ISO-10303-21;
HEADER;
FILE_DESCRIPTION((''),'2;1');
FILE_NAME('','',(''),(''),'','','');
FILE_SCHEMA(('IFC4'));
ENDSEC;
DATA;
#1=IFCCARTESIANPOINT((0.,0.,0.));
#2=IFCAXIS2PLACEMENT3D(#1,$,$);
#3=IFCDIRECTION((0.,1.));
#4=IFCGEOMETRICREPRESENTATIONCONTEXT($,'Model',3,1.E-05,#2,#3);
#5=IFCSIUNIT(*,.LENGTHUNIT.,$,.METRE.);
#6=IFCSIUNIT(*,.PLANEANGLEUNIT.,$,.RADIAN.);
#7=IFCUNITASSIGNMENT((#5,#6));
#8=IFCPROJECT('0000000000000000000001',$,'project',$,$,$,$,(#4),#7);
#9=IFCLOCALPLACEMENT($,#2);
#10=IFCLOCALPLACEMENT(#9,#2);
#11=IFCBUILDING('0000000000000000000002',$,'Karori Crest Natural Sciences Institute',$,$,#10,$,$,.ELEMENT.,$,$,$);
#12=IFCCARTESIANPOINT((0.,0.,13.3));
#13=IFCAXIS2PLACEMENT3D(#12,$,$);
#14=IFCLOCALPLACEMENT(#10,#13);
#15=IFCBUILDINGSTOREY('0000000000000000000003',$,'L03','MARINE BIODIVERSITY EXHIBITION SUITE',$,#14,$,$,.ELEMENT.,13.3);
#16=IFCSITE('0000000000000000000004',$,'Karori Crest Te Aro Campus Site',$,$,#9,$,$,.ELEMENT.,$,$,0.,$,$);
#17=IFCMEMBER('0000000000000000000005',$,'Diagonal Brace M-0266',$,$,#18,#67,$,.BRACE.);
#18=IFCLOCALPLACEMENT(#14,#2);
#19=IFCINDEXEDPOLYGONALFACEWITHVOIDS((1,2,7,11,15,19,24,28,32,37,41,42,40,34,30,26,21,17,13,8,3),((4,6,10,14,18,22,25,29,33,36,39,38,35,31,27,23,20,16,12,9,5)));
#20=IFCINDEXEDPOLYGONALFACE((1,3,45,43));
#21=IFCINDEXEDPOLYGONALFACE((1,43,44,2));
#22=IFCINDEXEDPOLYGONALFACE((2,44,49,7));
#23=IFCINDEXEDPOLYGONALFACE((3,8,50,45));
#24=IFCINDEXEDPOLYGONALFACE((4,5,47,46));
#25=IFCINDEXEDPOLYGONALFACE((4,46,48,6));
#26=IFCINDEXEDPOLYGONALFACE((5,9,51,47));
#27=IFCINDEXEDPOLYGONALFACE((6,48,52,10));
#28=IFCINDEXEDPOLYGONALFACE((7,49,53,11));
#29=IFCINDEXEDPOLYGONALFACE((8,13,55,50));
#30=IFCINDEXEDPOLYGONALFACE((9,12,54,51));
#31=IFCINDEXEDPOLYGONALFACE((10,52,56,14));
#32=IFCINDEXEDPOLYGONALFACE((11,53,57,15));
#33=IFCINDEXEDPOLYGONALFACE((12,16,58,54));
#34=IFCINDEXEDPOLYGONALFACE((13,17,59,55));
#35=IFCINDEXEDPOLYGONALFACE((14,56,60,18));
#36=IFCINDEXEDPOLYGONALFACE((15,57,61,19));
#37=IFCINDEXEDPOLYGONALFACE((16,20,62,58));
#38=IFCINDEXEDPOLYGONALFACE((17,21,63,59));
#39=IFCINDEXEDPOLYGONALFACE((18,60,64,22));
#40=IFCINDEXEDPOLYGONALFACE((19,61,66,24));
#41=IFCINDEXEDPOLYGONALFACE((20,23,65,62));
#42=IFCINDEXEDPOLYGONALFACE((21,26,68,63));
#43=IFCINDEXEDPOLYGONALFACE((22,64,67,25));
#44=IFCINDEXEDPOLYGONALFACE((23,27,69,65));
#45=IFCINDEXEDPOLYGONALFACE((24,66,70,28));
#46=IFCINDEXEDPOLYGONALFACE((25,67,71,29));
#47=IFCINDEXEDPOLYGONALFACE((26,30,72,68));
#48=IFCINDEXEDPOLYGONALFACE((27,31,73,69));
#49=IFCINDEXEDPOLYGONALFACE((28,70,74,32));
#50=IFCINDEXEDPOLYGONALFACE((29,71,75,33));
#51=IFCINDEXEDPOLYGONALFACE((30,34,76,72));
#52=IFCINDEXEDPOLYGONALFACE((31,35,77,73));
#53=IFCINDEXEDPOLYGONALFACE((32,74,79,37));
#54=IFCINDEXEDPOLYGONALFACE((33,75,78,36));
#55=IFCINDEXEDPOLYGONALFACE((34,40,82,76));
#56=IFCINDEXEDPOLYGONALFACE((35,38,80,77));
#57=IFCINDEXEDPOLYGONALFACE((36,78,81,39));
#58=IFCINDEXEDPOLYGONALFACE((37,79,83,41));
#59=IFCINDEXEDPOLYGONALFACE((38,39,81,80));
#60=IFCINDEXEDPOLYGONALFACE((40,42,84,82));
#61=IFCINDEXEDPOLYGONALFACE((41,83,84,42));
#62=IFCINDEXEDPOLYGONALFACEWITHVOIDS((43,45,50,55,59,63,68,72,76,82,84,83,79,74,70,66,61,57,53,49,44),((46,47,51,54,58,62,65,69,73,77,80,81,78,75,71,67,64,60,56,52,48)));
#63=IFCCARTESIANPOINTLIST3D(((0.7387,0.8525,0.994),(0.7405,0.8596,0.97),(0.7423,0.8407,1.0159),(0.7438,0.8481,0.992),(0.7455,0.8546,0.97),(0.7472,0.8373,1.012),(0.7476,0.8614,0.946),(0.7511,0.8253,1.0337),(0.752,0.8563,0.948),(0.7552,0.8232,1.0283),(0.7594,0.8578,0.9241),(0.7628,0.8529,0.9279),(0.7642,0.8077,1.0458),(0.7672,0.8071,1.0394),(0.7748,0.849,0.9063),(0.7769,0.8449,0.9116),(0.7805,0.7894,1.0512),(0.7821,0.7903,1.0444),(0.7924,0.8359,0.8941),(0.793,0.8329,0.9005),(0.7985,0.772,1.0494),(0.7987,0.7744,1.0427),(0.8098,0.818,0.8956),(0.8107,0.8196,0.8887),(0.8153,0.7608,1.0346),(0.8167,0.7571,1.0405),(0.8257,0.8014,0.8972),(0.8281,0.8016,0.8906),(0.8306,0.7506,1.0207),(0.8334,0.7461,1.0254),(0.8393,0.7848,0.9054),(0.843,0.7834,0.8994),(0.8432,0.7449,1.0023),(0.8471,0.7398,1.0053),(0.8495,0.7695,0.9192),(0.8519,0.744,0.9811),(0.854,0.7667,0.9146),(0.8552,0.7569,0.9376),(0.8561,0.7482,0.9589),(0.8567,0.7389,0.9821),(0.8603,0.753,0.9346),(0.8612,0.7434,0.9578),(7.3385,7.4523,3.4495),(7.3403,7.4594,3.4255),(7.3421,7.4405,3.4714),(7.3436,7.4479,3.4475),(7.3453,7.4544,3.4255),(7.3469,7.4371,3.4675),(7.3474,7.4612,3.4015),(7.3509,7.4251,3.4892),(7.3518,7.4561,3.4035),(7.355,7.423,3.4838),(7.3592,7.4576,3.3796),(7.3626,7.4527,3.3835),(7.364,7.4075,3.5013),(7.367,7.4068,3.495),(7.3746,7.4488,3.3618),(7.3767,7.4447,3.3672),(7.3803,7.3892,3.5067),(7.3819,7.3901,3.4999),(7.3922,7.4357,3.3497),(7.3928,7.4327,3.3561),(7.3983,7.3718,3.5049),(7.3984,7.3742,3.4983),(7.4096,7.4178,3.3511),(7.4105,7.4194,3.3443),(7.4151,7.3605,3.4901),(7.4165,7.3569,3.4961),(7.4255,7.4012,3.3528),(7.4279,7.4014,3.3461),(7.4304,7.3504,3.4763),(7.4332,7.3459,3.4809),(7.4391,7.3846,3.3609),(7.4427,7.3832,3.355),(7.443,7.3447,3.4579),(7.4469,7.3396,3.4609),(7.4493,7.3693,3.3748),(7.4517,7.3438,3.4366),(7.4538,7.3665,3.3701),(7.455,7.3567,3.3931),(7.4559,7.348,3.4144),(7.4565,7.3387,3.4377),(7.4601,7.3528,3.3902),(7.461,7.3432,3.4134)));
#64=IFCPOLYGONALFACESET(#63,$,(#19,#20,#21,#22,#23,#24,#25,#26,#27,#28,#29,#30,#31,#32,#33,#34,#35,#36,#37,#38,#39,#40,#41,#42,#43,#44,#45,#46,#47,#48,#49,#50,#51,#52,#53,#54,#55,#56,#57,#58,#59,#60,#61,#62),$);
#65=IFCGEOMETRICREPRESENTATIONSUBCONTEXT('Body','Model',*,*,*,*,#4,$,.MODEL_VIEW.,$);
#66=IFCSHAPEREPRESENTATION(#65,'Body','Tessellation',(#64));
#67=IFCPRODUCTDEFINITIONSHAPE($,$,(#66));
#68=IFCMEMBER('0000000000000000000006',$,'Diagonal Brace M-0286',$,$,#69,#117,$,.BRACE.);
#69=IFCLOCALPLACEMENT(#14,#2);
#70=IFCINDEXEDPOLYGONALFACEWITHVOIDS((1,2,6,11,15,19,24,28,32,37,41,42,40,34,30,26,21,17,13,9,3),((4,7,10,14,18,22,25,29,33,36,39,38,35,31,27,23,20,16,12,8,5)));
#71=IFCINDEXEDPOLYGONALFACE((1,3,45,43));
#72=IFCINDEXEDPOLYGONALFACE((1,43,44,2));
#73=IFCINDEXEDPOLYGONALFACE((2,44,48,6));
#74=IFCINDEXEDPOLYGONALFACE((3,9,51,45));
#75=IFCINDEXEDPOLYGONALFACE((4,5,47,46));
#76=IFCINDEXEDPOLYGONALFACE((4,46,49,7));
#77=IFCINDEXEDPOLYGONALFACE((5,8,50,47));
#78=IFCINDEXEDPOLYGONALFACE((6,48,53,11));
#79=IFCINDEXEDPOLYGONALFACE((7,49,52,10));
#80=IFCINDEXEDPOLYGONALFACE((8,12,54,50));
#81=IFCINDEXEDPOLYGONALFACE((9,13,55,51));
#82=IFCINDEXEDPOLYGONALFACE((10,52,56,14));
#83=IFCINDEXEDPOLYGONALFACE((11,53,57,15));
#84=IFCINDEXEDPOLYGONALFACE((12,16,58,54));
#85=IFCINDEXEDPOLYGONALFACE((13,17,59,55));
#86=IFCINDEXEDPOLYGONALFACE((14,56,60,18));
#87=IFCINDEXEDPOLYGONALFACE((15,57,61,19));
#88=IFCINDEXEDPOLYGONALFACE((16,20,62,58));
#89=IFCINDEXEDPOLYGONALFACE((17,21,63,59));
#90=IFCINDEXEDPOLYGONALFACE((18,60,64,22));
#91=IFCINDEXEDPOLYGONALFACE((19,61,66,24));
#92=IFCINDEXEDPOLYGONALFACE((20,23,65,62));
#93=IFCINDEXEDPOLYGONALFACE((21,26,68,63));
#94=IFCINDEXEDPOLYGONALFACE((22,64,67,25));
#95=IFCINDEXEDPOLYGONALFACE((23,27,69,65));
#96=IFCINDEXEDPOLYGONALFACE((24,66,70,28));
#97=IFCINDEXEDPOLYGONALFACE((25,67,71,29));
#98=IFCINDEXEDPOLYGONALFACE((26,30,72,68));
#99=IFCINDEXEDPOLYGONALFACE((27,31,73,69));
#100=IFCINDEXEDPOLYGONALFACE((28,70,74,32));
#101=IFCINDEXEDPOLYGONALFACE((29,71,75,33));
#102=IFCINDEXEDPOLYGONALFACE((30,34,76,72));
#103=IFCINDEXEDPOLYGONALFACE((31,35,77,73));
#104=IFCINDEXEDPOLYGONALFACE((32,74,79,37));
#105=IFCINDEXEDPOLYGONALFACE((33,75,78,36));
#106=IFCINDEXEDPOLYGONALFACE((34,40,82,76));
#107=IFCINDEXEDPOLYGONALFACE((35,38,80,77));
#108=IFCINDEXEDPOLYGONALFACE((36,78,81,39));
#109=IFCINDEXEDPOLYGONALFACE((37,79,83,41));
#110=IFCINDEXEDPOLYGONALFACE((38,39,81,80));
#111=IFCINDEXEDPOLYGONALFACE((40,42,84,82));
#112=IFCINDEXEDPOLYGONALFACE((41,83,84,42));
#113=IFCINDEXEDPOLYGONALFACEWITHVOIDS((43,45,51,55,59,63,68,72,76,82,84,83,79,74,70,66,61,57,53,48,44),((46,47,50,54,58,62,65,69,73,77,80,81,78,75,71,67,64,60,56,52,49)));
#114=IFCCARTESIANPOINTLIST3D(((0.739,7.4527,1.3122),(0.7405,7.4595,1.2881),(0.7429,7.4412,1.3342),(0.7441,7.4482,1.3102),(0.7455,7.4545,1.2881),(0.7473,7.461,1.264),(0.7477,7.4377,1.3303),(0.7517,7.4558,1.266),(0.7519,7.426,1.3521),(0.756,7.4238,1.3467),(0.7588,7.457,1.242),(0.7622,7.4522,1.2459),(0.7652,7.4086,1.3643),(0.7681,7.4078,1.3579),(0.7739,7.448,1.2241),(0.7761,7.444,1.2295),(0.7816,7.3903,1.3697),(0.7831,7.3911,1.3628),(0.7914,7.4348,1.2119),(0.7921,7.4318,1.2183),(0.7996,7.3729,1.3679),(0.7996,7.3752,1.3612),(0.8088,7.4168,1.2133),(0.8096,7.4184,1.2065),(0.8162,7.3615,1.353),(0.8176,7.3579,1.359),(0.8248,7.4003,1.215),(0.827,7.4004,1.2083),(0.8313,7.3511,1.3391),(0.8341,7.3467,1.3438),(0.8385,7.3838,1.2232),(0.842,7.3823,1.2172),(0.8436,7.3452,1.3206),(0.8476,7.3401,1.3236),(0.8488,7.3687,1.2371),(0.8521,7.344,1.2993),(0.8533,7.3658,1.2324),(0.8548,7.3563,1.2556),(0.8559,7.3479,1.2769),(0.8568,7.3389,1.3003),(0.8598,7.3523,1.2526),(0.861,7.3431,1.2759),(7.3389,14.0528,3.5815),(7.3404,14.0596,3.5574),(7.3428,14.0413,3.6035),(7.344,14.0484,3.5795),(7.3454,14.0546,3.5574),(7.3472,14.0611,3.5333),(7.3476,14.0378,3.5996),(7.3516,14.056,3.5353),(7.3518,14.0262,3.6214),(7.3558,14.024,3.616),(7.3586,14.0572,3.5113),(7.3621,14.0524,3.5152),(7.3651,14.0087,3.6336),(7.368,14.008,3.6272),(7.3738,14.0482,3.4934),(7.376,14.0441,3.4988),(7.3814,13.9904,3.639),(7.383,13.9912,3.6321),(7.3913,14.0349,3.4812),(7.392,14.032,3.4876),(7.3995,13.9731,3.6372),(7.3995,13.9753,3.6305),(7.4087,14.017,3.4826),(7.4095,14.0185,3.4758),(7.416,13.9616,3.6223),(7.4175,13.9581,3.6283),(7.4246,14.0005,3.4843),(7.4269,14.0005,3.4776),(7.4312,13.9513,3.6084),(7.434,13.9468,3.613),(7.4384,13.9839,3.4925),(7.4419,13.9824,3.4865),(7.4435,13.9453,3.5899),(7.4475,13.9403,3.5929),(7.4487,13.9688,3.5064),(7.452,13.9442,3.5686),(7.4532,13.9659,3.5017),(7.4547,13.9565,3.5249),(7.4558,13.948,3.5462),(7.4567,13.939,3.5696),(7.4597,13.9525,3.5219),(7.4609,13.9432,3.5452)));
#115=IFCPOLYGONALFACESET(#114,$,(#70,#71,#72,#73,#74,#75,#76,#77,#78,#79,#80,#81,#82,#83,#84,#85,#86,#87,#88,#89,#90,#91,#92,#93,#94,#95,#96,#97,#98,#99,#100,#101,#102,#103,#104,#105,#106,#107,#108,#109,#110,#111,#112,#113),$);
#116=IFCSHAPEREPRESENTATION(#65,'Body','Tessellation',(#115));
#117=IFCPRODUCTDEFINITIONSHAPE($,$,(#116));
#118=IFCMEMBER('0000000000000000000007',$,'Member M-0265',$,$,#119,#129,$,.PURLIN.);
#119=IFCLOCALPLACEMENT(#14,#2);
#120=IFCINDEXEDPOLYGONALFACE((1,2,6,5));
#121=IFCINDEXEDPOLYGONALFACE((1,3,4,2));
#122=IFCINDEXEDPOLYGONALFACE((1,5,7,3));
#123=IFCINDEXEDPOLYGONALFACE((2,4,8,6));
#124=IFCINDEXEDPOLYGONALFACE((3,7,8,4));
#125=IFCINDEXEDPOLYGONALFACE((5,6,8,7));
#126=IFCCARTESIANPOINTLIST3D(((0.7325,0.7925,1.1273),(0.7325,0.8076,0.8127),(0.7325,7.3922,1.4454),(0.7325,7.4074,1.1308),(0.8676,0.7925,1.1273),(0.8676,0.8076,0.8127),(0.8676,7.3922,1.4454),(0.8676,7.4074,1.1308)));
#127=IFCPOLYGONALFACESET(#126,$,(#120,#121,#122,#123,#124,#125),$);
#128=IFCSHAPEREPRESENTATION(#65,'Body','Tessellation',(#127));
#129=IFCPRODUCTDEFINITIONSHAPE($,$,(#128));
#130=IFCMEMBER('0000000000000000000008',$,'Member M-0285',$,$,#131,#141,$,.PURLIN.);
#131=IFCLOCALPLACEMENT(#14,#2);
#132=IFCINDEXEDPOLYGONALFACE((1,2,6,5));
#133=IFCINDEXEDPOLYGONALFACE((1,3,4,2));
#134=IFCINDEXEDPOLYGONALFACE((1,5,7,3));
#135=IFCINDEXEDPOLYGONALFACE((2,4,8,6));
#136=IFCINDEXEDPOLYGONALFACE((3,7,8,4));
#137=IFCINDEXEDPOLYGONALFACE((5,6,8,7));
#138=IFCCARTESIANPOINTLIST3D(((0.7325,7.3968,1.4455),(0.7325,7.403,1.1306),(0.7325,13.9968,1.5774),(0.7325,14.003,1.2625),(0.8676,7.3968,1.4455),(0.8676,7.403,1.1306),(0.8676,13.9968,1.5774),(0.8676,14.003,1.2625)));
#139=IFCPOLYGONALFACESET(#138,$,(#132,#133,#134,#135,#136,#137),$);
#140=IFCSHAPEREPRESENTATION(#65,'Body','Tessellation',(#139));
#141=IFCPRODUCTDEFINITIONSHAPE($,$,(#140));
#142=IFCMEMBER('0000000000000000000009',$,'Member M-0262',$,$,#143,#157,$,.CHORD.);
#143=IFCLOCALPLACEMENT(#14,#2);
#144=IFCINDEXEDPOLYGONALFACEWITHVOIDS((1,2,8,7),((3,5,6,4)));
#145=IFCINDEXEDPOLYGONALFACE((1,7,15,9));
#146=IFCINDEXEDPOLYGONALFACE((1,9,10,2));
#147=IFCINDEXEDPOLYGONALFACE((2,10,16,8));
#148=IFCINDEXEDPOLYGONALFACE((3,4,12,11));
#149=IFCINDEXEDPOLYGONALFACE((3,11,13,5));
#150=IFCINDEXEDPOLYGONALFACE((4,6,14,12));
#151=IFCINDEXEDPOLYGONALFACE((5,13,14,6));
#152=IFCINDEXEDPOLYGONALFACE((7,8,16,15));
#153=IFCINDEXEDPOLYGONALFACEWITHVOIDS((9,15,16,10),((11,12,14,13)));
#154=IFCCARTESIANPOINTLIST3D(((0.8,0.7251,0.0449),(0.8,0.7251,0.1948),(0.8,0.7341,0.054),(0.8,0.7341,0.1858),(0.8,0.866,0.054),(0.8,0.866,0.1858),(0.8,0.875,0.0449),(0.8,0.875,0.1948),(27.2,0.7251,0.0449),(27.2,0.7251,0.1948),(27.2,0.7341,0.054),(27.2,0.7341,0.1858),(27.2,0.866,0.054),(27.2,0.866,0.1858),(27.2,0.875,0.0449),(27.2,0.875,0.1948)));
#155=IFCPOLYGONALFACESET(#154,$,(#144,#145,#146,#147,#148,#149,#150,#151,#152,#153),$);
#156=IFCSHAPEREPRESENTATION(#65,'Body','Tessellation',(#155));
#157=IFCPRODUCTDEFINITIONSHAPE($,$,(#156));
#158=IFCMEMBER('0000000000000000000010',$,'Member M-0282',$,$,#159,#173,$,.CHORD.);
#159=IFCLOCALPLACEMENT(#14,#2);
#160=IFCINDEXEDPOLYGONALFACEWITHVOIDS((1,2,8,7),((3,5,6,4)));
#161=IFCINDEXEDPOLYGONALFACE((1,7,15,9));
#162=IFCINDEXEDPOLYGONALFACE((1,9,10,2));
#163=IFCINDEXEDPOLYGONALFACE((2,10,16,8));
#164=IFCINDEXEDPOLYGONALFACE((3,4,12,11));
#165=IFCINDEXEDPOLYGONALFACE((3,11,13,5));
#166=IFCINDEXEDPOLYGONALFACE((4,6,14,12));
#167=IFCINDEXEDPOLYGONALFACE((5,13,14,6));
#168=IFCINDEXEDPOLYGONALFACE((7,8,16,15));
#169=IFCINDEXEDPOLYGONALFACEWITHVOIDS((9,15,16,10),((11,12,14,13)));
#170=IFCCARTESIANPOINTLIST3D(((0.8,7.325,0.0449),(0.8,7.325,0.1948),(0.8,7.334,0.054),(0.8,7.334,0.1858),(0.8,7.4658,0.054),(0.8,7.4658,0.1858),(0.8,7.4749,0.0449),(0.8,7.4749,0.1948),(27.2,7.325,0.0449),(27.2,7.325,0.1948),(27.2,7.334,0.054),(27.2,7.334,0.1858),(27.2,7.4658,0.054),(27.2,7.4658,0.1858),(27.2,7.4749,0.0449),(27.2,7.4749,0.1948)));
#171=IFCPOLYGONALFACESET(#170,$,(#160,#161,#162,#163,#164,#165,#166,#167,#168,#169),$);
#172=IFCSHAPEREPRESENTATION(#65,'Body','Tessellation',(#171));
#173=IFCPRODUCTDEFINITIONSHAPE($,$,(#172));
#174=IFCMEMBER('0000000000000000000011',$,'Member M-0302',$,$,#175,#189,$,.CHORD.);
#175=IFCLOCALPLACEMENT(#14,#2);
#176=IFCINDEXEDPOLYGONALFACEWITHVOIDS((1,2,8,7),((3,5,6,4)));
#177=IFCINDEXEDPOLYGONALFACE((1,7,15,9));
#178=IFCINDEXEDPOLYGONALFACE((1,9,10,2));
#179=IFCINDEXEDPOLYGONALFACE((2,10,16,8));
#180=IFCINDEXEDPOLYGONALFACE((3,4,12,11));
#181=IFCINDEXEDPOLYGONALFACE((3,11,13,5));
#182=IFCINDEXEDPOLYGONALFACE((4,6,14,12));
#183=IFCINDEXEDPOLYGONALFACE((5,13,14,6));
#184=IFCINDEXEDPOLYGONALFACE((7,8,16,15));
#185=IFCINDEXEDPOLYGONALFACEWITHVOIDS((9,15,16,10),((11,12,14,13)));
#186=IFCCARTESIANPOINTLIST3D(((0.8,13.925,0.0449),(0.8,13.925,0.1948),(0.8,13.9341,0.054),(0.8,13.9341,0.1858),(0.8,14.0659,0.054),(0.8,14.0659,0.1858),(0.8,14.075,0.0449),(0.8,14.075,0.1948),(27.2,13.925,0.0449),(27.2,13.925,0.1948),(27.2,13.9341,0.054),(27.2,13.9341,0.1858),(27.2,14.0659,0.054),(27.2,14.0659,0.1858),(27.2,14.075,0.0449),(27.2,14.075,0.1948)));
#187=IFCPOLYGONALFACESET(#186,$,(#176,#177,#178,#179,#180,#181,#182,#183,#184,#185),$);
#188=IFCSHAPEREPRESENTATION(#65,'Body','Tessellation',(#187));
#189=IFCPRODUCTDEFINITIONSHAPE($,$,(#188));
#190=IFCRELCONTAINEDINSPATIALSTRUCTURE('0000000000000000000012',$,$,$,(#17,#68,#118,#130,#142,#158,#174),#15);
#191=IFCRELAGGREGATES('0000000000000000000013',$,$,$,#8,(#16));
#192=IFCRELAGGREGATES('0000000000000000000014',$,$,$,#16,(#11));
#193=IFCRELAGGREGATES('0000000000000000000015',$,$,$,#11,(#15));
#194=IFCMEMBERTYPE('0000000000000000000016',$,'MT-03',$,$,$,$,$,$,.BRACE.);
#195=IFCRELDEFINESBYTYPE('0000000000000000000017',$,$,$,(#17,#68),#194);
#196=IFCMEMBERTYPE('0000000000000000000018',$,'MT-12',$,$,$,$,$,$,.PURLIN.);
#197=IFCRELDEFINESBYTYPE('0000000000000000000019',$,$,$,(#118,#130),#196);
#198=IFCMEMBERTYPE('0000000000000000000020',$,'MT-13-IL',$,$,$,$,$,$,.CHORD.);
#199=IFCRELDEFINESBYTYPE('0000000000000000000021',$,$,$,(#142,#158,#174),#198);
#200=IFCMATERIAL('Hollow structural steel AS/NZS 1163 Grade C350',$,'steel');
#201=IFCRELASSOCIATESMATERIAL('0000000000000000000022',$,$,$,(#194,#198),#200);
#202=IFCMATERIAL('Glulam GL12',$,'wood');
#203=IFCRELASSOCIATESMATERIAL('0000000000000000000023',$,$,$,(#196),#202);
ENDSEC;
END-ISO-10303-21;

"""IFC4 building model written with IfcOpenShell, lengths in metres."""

from ifc_helpers import new_model, si_unit, direction, frame, origin, origin_2d, place, context, subcontext, project, spatial, rectangle, hollow_rectangle, hollow_circle, extrude, material, material_profile, profile_set, type_object, element, save


model = new_model("IFC4")

# Units and contexts
model_context = context("Model", 3, precision=1e-05, world=origin(), true_north=direction((0.0, 1.0)))
body_context = subcontext(model_context, "Body", "Model", "MODEL_VIEW")
ifc_project = project(units=[si_unit("LENGTHUNIT", "METRE"), si_unit("PLANEANGLEUNIT", "RADIAN")], contexts=[model_context])

# Site, building, storey
site_placement = place(None, origin())
site = spatial("IfcSite", under=ifc_project, at=site_placement, Name="Karori Crest Te Aro Campus Site", CompositionType="ELEMENT", RefElevation=0.0)
building_placement = place(site_placement, origin())
building = spatial("IfcBuilding", under=site, at=building_placement, Name="Karori Crest Natural Sciences Institute", CompositionType="ELEMENT")
storey_placement = place(building_placement, frame((0.0, 0.0, 13.3)))
storey = spatial("IfcBuildingStorey", under=building, at=storey_placement, Name="L03", Description="MARINE BIODIVERSITY EXHIBITION SUITE", CompositionType="ELEMENT", Elevation=13.3)

# Members
ifc_material_1 = material(Name="Hollow structural steel AS/NZS 1163 Grade C350", Category="steel")
ifc_material_profile_1 = material_profile(ifc_material_1, hollow_circle(Radius=0.0842, WallThickness=0.0071, at=origin_2d()), Name="CHS168.3x7.1")
ifc_profile_set_1 = profile_set([ifc_material_profile_1], Name="Hollow structural steel AS/NZS 1163 Grade C350")
member_type_1 = type_object("IfcMemberType", Name="MT-03", PredefinedType="BRACE", material=ifc_profile_set_1)
member_1_placement = place(storey_placement, frame((0.8, 0.8, 0.97), z_axis=(0.683837, 0.683837, 0.254431), x_axis=(-0.707107, 0.707107, 0.0)))
element("IfcMember", 1, at=member_1_placement, inside=storey, type_object=member_type_1, Name="Diagonal Brace M-0266", PredefinedType="BRACE", context=body_context, shape_type="SweptSolid", body=[
    extrude(hollow_circle(Radius=0.0842, WallThickness=0.0071, at=origin_2d()), origin(), (0.0, 0.0, 1.0), 9.6511),
])
member_2_placement = place(storey_placement, frame((0.8, 7.3999, 1.2881), z_axis=(0.687078, 0.687104, 0.236244), x_axis=(-0.70712, 0.707094, 0.0)))
element("IfcMember", 2, at=member_2_placement, inside=storey, type_object=member_type_1, Name="Diagonal Brace M-0286", PredefinedType="BRACE", context=body_context, shape_type="SweptSolid", body=[
    extrude(hollow_circle(Radius=0.0842, WallThickness=0.0071, at=origin_2d()), origin(), (0.0, 0.0, 1.0), 9.6057),
])
ifc_material_2 = material(Name="Glulam GL12", Category="wood")
ifc_material_profile_2 = material_profile(ifc_material_2, rectangle(XDim=0.135, YDim=0.3149, at=origin_2d()), Name="GL135x315")
ifc_profile_set_2 = profile_set([ifc_material_profile_2], Name="Glulam GL12")
member_type_2 = type_object("IfcMemberType", Name="MT-12", PredefinedType="PURLIN", material=ifc_profile_set_2)
member_3_placement = place(storey_placement, frame((0.8, 0.8, 0.97), z_axis=(0.0, 0.99884, 0.048144), x_axis=(-1.0, 0.0, 0.0)))
element("IfcMember", 3, at=member_3_placement, inside=storey, type_object=member_type_2, Name="Member M-0265", PredefinedType="PURLIN", context=body_context, shape_type="SweptSolid", body=[
    extrude(rectangle(XDim=0.135, YDim=0.3149, at=origin_2d()), origin(), (0.0, 0.0, 1.0), 6.6074),
])
member_4_placement = place(storey_placement, frame((0.8, 7.3999, 1.2881), z_axis=(0.0, 0.999801, 0.019971), x_axis=(-1.0, 0.0, 0.0)))
element("IfcMember", 4, at=member_4_placement, inside=storey, type_object=member_type_2, Name="Member M-0285", PredefinedType="PURLIN", context=body_context, shape_type="SweptSolid", body=[
    extrude(rectangle(XDim=0.135, YDim=0.3149, at=origin_2d()), origin(), (0.0, 0.0, 1.0), 6.6013),
])
ifc_material_profile_3 = material_profile(ifc_material_1, hollow_rectangle(XDim=0.1499, YDim=0.1499, WallThickness=0.009, at=origin_2d()), Name="SHS150x150x9")
ifc_profile_set_3 = profile_set([ifc_material_profile_3], Name="Hollow structural steel AS/NZS 1163 Grade C350")
member_type_3 = type_object("IfcMemberType", Name="MT-13-IL", PredefinedType="CHORD", material=ifc_profile_set_3)
for number, where, z_axis, x_axis, name in (
    (5, (0.8, 0.8, 0.1199), (1.0, 0.0, 0.0), (0.0, 1.0, 0.0), "Member M-0262"),
    (6, (0.8, 7.3999, 0.1199), (1.0, 0.0, 0.0), (0.0, 1.0, 0.0), "Member M-0282"),
    (7, (0.8, 14.0, 0.1199), (1.0, 0.0, 0.0), (0.0, 1.0, 0.0), "Member M-0302"),
):
    element("IfcMember", number, at=place(storey_placement, frame(where, z_axis=z_axis, x_axis=x_axis)), inside=storey, type_object=member_type_3, Name=name, PredefinedType="CHORD", context=body_context, shape_type="SweptSolid", body=[
        extrude(hollow_rectangle(XDim=0.1499, YDim=0.1499, WallThickness=0.009, at=origin_2d()), origin(), (0.0, 0.0, 1.0), 26.3999),
    ])

save(model, "model.ifc")
